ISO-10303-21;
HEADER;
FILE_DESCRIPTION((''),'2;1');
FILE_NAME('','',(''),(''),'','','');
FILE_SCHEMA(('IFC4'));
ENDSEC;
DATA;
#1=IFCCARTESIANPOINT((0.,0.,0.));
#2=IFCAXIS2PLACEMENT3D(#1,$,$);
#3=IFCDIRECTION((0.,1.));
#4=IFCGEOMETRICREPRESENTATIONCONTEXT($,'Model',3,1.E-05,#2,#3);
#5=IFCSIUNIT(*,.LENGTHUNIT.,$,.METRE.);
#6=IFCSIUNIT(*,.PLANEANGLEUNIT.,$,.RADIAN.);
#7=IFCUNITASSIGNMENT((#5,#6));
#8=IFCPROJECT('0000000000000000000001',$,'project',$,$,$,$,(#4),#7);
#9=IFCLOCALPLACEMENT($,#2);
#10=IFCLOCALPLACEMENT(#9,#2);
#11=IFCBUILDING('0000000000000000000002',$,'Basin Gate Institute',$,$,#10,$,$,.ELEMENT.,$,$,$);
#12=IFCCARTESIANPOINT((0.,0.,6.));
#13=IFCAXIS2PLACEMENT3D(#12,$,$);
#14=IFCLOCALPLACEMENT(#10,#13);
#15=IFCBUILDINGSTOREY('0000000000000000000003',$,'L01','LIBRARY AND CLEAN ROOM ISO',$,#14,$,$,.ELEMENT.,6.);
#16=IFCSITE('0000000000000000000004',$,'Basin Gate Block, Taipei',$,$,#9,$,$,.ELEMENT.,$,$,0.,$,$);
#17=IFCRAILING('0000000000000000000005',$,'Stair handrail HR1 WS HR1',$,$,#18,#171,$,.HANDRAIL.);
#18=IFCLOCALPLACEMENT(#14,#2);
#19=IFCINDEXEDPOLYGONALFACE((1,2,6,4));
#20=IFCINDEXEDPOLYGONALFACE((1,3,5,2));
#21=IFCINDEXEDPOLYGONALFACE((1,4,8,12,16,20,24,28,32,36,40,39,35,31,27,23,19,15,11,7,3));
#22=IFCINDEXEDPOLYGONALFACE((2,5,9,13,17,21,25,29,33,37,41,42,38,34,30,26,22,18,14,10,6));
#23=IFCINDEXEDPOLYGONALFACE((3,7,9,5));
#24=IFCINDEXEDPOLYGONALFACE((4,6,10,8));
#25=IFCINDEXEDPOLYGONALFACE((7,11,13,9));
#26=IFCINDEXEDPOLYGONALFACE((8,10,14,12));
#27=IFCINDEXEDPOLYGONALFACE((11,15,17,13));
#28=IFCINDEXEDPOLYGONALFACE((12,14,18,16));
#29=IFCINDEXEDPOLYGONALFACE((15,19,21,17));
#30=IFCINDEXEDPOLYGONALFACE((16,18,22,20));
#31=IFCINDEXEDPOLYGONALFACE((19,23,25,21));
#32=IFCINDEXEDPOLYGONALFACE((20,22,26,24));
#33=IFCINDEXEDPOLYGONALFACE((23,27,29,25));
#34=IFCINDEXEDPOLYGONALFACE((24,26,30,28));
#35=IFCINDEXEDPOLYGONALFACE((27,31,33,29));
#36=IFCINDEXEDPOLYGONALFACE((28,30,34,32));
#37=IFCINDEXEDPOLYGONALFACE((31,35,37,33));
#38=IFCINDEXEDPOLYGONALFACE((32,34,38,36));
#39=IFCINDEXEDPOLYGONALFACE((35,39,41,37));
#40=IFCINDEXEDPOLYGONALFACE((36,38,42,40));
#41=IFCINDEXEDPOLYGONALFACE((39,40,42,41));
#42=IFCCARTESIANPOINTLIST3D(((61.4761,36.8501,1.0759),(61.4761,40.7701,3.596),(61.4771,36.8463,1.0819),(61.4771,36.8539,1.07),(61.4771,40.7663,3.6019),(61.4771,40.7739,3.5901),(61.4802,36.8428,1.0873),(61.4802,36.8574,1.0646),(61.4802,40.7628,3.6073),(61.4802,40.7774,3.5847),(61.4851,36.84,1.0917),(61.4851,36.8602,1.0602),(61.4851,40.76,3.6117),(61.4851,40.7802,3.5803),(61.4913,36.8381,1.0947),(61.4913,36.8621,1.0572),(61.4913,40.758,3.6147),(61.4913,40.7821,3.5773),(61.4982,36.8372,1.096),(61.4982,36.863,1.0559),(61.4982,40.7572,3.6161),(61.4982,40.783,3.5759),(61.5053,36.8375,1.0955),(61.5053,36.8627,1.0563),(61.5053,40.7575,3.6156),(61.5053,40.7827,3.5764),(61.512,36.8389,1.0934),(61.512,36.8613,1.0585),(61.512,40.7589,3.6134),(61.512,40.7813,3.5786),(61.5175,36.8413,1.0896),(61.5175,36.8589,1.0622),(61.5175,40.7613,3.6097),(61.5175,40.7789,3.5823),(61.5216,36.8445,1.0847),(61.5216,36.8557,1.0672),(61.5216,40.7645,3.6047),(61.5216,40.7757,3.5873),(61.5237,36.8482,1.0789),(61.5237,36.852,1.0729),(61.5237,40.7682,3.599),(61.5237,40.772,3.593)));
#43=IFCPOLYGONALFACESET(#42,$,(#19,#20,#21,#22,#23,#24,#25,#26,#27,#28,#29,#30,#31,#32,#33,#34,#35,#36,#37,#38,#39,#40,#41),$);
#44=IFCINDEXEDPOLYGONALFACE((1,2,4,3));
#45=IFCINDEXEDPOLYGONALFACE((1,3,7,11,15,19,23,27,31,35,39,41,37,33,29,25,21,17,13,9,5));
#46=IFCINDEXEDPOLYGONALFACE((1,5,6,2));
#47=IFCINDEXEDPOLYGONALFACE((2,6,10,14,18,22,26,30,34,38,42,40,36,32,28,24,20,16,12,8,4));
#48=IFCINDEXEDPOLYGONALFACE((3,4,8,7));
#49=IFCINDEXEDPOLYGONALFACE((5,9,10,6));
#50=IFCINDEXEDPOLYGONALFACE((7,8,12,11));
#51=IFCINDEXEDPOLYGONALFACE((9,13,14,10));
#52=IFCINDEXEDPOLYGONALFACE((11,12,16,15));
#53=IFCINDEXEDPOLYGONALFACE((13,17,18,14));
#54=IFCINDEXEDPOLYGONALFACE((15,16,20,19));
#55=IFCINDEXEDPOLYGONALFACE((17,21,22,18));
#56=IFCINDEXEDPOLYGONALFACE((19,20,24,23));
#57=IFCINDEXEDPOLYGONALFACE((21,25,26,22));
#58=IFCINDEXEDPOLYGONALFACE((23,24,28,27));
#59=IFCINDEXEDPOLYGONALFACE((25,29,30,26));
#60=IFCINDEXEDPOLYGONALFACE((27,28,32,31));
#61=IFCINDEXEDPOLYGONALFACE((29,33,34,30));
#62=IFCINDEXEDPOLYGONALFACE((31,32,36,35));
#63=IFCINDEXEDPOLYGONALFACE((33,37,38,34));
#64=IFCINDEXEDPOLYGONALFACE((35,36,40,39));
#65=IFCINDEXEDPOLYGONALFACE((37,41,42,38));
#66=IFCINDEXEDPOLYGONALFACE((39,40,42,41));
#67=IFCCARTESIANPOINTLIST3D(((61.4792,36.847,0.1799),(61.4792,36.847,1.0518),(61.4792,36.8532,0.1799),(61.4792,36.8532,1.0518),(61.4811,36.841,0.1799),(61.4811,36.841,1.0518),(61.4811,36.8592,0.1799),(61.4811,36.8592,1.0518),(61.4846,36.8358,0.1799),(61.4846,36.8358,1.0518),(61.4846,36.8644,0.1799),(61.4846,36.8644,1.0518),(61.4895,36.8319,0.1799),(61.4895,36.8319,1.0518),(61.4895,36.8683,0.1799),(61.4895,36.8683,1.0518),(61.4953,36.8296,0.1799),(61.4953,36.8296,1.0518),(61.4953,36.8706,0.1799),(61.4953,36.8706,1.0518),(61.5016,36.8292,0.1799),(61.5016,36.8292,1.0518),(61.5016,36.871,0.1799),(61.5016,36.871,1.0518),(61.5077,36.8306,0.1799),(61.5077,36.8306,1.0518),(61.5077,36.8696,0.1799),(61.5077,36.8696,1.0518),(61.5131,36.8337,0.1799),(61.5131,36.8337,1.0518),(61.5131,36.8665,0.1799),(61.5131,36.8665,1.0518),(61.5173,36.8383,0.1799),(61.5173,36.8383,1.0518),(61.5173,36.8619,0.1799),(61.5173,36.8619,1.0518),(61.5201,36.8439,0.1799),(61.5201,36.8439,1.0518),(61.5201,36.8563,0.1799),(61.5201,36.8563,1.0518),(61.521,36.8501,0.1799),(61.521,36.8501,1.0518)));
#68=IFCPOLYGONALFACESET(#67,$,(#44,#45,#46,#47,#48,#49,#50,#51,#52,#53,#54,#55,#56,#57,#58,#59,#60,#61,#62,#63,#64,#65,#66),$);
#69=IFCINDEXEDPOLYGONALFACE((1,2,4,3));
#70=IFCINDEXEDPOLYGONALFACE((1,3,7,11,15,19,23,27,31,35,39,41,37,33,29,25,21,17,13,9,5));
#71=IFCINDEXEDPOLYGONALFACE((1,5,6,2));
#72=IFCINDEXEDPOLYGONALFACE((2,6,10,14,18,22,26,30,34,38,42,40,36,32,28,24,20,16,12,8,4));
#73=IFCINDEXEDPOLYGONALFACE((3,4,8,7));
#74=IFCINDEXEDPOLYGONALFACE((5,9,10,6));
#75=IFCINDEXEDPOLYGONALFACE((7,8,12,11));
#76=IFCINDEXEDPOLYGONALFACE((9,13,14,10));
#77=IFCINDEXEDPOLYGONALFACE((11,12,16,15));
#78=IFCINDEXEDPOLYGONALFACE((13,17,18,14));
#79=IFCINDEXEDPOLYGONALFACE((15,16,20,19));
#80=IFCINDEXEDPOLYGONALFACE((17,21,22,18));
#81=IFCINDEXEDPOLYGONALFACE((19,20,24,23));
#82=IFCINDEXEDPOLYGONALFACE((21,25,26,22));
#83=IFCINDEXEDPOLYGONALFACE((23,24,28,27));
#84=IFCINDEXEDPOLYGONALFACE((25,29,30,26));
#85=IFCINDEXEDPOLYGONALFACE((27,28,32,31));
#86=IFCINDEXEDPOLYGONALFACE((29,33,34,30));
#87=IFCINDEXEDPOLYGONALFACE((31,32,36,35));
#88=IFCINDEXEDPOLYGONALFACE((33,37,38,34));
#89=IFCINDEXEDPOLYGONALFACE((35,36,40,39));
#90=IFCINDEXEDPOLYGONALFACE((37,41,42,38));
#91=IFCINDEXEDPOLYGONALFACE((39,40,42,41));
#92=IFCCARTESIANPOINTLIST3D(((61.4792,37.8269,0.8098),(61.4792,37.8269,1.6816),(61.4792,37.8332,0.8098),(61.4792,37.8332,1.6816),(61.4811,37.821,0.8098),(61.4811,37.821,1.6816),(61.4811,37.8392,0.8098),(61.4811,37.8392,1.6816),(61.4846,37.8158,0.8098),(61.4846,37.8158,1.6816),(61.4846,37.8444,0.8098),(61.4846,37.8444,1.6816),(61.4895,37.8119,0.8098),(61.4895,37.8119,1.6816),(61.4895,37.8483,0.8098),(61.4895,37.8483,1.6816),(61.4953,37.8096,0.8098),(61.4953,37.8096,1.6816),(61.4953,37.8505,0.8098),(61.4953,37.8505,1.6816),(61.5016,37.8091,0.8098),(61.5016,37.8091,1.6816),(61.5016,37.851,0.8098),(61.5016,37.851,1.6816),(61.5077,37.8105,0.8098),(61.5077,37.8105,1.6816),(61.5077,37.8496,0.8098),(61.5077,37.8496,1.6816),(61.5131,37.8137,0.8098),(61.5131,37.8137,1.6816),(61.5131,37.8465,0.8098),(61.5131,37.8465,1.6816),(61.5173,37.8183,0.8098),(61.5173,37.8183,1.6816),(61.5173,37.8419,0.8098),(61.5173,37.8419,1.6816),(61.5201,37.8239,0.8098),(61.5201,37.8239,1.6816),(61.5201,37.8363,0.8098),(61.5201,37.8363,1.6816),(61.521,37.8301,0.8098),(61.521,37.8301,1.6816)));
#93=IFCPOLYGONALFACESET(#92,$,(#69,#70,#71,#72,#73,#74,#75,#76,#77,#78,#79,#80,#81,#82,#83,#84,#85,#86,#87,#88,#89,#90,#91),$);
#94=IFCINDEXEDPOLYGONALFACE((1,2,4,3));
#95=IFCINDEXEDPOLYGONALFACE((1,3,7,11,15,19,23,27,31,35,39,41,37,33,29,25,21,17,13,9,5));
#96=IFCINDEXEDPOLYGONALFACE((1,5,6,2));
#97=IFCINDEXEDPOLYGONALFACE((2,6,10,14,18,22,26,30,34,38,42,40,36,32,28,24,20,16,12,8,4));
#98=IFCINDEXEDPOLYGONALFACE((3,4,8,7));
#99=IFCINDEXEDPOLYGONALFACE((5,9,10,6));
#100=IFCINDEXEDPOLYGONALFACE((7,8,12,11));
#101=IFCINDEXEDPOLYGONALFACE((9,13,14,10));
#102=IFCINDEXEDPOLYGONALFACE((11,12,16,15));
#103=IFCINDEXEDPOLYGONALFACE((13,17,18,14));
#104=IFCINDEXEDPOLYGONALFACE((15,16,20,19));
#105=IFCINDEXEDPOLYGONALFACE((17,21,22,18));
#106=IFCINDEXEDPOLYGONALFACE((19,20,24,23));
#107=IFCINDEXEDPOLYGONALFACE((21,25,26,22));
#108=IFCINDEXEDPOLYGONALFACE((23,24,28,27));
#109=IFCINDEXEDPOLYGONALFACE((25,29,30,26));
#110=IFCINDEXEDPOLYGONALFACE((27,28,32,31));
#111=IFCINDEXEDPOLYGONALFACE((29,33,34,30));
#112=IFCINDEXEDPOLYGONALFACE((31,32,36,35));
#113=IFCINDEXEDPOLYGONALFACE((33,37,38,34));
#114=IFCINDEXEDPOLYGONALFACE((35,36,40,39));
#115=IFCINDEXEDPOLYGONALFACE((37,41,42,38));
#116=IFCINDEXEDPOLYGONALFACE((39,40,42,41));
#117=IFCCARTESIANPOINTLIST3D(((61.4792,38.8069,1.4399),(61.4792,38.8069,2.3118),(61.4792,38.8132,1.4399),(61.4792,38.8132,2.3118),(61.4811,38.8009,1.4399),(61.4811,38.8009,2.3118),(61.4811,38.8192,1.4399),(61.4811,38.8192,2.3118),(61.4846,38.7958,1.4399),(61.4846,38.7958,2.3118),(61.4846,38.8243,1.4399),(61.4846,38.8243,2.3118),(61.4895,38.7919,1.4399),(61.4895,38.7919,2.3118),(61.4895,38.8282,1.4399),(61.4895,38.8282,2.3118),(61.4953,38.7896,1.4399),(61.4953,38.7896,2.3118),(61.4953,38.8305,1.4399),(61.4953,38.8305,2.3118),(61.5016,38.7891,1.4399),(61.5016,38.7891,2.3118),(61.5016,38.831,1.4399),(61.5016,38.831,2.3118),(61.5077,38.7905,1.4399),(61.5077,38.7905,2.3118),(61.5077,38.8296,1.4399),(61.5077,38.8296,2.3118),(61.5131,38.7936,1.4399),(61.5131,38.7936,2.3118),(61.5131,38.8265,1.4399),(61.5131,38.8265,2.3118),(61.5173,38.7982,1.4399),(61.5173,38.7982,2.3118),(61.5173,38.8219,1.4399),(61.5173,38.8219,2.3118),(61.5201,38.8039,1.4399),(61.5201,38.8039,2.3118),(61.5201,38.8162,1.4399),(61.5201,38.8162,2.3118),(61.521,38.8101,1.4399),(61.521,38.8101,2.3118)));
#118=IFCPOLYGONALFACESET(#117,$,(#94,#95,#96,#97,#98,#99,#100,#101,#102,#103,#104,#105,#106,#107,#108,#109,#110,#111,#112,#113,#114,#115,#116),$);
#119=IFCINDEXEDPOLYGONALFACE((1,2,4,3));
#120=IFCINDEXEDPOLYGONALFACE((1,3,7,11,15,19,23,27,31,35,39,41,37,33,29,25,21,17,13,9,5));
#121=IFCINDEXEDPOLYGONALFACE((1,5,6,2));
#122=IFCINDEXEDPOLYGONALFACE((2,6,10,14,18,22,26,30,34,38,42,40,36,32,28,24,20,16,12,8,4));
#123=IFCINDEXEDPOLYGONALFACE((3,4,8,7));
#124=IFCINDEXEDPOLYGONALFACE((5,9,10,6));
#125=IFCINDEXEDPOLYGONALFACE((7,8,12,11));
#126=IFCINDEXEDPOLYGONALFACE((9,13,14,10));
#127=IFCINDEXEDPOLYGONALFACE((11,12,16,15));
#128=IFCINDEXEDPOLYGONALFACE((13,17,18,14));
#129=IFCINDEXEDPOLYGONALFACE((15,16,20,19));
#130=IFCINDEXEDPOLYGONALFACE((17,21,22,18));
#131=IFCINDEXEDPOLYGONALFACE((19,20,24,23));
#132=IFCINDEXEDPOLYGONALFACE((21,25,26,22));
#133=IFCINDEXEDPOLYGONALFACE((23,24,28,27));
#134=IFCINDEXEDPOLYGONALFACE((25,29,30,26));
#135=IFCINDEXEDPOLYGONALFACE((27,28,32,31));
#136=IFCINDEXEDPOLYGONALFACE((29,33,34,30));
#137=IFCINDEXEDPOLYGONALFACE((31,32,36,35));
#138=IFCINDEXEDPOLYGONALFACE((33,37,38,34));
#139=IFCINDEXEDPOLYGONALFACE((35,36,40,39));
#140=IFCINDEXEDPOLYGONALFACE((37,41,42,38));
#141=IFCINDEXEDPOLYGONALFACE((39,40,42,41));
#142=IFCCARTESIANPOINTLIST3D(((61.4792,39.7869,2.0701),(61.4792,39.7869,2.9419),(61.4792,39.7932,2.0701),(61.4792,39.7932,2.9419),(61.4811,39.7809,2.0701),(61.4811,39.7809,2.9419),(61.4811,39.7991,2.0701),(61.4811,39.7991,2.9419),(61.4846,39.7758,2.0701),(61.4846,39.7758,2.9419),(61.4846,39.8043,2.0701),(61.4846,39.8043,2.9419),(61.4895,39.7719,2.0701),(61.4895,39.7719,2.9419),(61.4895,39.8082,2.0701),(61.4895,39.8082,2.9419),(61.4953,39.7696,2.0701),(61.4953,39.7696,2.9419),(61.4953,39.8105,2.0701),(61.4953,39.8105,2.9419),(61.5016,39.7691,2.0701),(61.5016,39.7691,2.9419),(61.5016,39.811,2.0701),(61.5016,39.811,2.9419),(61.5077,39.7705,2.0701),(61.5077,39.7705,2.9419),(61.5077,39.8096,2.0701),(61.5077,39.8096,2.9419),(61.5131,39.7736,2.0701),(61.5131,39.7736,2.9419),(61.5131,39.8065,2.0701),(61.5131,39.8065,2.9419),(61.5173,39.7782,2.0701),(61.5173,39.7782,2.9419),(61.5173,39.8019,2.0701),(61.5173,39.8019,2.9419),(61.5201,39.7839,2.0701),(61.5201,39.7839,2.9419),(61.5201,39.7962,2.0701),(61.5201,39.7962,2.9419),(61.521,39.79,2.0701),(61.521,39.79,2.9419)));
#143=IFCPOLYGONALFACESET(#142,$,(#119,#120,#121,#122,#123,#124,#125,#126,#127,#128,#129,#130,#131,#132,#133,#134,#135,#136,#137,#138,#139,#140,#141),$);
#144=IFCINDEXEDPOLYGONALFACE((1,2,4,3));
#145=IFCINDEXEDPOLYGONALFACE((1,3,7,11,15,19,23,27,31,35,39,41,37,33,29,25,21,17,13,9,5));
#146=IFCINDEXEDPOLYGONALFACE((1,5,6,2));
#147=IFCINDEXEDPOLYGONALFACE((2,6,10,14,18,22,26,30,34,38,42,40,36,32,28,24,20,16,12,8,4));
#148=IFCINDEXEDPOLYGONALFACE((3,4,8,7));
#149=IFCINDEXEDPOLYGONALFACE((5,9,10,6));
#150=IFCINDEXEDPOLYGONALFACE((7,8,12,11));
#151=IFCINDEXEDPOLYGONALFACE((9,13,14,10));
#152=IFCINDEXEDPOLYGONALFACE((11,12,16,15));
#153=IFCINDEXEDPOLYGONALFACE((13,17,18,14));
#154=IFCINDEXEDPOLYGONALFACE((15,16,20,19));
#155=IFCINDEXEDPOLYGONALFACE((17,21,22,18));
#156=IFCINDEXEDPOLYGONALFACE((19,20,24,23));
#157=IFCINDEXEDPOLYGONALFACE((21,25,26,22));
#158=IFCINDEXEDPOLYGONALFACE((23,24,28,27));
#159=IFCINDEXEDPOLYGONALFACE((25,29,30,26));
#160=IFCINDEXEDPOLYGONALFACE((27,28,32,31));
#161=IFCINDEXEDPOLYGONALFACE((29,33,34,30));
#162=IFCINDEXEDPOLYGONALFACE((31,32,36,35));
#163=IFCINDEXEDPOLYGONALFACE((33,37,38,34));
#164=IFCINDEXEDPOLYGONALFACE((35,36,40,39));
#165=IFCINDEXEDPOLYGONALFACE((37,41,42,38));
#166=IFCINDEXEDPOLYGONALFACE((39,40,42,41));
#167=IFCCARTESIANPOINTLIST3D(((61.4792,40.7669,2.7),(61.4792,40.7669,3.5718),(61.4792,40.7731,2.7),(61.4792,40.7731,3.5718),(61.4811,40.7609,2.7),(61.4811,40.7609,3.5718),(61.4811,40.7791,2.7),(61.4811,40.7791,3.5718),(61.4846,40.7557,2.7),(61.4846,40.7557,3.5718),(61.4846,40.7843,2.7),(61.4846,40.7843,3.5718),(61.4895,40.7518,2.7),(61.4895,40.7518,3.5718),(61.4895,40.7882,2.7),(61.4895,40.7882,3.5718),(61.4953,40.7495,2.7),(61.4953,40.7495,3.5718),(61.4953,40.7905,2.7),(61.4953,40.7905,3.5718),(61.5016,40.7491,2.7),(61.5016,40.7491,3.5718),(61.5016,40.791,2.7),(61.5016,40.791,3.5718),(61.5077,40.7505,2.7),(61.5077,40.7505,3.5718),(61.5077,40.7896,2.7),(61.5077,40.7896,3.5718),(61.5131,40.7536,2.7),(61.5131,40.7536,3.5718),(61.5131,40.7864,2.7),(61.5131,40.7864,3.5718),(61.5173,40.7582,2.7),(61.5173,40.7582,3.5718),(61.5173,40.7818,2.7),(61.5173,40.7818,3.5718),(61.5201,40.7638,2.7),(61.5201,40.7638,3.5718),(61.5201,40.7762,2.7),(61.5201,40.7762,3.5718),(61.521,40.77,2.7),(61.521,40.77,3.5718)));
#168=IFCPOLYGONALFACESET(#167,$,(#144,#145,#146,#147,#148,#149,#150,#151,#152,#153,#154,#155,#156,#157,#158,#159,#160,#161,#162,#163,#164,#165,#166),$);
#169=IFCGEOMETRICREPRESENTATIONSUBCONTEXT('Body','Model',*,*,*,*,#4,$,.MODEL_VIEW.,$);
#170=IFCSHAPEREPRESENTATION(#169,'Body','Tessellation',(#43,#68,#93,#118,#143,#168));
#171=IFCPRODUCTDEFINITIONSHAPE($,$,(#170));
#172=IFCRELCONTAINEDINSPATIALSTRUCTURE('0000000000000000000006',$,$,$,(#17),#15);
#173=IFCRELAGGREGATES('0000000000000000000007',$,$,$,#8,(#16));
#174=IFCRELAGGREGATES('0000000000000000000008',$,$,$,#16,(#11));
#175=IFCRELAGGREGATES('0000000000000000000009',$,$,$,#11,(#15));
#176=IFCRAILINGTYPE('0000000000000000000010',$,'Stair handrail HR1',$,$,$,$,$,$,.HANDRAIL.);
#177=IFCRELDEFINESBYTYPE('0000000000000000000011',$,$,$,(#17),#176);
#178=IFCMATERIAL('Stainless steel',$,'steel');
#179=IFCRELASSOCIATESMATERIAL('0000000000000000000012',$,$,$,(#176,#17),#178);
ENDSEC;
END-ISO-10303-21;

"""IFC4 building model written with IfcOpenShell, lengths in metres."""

from ifc_helpers import new_model, si_unit, direction, frame, origin, origin_2d, place, context, subcontext, project, spatial, circle, extrude, material, type_object, element, save


model = new_model("IFC4")

# Units and contexts
model_context = context("Model", 3, precision=1e-05, world=origin(), true_north=direction((0.0, 1.0)))
body_context = subcontext(model_context, "Body", "Model", "MODEL_VIEW")
ifc_project = project(units=[si_unit("LENGTHUNIT", "METRE"), si_unit("PLANEANGLEUNIT", "RADIAN")], contexts=[model_context])

# Site, building, storey
site_placement = place(None, origin())
site = spatial("IfcSite", under=ifc_project, at=site_placement, Name="Basin Gate Block, Taipei", CompositionType="ELEMENT", RefElevation=0.0)
building_placement = place(site_placement, origin())
building = spatial("IfcBuilding", under=site, at=building_placement, Name="Basin Gate Institute", CompositionType="ELEMENT")
storey_placement = place(building_placement, frame((0.0, 0.0, 6.0)))
storey = spatial("IfcBuildingStorey", under=building, at=storey_placement, Name="L01", Description="LIBRARY AND CLEAN ROOM ISO", CompositionType="ELEMENT", Elevation=6.0)

# Railing
ifc_material_1 = material(Name="Stainless steel", Category="steel")
railing_type_1 = type_object("IfcRailingType", Name="Stair handrail HR1", PredefinedType="HANDRAIL", material=ifc_material_1)
for number, where, name in (
    (1, (61.5, 36.8501, 0.1799), "Stair handrail HR1 WS HR1"),
):
    element("IfcRailing", number, at=place(storey_placement, frame(where)), inside=storey, type_object=railing_type_1, material=ifc_material_1, Name=name, PredefinedType="HANDRAIL", context=body_context, shape_type="SweptSolid", body=[
        extrude(circle(Radius=0.0239, at=origin_2d()), frame((0.0, 0.0, 0.896), z_axis=(0.0, 0.841172, 0.540768), x_axis=(-1.0, 0.0, 0.0)), (0.0, 0.0, 1.0), 4.6602),
        extrude(circle(Radius=0.021, at=origin_2d()), origin(), (0.0, 0.0, 1.0), 0.8718),
        extrude(circle(Radius=0.021, at=origin_2d()), frame((0.0, 0.98, 0.6299)), (0.0, 0.0, 1.0), 0.8718),
        extrude(circle(Radius=0.021, at=origin_2d()), frame((0.0, 1.96, 1.26)), (0.0, 0.0, 1.0), 0.8718),
        extrude(circle(Radius=0.021, at=origin_2d()), frame((0.0, 2.9399, 1.8901)), (0.0, 0.0, 1.0), 0.8718),
        extrude(circle(Radius=0.021, at=origin_2d()), frame((0.0, 3.9199, 2.52)), (0.0, 0.0, 1.0), 0.8718),
    ])

save(model, "model.ifc")
